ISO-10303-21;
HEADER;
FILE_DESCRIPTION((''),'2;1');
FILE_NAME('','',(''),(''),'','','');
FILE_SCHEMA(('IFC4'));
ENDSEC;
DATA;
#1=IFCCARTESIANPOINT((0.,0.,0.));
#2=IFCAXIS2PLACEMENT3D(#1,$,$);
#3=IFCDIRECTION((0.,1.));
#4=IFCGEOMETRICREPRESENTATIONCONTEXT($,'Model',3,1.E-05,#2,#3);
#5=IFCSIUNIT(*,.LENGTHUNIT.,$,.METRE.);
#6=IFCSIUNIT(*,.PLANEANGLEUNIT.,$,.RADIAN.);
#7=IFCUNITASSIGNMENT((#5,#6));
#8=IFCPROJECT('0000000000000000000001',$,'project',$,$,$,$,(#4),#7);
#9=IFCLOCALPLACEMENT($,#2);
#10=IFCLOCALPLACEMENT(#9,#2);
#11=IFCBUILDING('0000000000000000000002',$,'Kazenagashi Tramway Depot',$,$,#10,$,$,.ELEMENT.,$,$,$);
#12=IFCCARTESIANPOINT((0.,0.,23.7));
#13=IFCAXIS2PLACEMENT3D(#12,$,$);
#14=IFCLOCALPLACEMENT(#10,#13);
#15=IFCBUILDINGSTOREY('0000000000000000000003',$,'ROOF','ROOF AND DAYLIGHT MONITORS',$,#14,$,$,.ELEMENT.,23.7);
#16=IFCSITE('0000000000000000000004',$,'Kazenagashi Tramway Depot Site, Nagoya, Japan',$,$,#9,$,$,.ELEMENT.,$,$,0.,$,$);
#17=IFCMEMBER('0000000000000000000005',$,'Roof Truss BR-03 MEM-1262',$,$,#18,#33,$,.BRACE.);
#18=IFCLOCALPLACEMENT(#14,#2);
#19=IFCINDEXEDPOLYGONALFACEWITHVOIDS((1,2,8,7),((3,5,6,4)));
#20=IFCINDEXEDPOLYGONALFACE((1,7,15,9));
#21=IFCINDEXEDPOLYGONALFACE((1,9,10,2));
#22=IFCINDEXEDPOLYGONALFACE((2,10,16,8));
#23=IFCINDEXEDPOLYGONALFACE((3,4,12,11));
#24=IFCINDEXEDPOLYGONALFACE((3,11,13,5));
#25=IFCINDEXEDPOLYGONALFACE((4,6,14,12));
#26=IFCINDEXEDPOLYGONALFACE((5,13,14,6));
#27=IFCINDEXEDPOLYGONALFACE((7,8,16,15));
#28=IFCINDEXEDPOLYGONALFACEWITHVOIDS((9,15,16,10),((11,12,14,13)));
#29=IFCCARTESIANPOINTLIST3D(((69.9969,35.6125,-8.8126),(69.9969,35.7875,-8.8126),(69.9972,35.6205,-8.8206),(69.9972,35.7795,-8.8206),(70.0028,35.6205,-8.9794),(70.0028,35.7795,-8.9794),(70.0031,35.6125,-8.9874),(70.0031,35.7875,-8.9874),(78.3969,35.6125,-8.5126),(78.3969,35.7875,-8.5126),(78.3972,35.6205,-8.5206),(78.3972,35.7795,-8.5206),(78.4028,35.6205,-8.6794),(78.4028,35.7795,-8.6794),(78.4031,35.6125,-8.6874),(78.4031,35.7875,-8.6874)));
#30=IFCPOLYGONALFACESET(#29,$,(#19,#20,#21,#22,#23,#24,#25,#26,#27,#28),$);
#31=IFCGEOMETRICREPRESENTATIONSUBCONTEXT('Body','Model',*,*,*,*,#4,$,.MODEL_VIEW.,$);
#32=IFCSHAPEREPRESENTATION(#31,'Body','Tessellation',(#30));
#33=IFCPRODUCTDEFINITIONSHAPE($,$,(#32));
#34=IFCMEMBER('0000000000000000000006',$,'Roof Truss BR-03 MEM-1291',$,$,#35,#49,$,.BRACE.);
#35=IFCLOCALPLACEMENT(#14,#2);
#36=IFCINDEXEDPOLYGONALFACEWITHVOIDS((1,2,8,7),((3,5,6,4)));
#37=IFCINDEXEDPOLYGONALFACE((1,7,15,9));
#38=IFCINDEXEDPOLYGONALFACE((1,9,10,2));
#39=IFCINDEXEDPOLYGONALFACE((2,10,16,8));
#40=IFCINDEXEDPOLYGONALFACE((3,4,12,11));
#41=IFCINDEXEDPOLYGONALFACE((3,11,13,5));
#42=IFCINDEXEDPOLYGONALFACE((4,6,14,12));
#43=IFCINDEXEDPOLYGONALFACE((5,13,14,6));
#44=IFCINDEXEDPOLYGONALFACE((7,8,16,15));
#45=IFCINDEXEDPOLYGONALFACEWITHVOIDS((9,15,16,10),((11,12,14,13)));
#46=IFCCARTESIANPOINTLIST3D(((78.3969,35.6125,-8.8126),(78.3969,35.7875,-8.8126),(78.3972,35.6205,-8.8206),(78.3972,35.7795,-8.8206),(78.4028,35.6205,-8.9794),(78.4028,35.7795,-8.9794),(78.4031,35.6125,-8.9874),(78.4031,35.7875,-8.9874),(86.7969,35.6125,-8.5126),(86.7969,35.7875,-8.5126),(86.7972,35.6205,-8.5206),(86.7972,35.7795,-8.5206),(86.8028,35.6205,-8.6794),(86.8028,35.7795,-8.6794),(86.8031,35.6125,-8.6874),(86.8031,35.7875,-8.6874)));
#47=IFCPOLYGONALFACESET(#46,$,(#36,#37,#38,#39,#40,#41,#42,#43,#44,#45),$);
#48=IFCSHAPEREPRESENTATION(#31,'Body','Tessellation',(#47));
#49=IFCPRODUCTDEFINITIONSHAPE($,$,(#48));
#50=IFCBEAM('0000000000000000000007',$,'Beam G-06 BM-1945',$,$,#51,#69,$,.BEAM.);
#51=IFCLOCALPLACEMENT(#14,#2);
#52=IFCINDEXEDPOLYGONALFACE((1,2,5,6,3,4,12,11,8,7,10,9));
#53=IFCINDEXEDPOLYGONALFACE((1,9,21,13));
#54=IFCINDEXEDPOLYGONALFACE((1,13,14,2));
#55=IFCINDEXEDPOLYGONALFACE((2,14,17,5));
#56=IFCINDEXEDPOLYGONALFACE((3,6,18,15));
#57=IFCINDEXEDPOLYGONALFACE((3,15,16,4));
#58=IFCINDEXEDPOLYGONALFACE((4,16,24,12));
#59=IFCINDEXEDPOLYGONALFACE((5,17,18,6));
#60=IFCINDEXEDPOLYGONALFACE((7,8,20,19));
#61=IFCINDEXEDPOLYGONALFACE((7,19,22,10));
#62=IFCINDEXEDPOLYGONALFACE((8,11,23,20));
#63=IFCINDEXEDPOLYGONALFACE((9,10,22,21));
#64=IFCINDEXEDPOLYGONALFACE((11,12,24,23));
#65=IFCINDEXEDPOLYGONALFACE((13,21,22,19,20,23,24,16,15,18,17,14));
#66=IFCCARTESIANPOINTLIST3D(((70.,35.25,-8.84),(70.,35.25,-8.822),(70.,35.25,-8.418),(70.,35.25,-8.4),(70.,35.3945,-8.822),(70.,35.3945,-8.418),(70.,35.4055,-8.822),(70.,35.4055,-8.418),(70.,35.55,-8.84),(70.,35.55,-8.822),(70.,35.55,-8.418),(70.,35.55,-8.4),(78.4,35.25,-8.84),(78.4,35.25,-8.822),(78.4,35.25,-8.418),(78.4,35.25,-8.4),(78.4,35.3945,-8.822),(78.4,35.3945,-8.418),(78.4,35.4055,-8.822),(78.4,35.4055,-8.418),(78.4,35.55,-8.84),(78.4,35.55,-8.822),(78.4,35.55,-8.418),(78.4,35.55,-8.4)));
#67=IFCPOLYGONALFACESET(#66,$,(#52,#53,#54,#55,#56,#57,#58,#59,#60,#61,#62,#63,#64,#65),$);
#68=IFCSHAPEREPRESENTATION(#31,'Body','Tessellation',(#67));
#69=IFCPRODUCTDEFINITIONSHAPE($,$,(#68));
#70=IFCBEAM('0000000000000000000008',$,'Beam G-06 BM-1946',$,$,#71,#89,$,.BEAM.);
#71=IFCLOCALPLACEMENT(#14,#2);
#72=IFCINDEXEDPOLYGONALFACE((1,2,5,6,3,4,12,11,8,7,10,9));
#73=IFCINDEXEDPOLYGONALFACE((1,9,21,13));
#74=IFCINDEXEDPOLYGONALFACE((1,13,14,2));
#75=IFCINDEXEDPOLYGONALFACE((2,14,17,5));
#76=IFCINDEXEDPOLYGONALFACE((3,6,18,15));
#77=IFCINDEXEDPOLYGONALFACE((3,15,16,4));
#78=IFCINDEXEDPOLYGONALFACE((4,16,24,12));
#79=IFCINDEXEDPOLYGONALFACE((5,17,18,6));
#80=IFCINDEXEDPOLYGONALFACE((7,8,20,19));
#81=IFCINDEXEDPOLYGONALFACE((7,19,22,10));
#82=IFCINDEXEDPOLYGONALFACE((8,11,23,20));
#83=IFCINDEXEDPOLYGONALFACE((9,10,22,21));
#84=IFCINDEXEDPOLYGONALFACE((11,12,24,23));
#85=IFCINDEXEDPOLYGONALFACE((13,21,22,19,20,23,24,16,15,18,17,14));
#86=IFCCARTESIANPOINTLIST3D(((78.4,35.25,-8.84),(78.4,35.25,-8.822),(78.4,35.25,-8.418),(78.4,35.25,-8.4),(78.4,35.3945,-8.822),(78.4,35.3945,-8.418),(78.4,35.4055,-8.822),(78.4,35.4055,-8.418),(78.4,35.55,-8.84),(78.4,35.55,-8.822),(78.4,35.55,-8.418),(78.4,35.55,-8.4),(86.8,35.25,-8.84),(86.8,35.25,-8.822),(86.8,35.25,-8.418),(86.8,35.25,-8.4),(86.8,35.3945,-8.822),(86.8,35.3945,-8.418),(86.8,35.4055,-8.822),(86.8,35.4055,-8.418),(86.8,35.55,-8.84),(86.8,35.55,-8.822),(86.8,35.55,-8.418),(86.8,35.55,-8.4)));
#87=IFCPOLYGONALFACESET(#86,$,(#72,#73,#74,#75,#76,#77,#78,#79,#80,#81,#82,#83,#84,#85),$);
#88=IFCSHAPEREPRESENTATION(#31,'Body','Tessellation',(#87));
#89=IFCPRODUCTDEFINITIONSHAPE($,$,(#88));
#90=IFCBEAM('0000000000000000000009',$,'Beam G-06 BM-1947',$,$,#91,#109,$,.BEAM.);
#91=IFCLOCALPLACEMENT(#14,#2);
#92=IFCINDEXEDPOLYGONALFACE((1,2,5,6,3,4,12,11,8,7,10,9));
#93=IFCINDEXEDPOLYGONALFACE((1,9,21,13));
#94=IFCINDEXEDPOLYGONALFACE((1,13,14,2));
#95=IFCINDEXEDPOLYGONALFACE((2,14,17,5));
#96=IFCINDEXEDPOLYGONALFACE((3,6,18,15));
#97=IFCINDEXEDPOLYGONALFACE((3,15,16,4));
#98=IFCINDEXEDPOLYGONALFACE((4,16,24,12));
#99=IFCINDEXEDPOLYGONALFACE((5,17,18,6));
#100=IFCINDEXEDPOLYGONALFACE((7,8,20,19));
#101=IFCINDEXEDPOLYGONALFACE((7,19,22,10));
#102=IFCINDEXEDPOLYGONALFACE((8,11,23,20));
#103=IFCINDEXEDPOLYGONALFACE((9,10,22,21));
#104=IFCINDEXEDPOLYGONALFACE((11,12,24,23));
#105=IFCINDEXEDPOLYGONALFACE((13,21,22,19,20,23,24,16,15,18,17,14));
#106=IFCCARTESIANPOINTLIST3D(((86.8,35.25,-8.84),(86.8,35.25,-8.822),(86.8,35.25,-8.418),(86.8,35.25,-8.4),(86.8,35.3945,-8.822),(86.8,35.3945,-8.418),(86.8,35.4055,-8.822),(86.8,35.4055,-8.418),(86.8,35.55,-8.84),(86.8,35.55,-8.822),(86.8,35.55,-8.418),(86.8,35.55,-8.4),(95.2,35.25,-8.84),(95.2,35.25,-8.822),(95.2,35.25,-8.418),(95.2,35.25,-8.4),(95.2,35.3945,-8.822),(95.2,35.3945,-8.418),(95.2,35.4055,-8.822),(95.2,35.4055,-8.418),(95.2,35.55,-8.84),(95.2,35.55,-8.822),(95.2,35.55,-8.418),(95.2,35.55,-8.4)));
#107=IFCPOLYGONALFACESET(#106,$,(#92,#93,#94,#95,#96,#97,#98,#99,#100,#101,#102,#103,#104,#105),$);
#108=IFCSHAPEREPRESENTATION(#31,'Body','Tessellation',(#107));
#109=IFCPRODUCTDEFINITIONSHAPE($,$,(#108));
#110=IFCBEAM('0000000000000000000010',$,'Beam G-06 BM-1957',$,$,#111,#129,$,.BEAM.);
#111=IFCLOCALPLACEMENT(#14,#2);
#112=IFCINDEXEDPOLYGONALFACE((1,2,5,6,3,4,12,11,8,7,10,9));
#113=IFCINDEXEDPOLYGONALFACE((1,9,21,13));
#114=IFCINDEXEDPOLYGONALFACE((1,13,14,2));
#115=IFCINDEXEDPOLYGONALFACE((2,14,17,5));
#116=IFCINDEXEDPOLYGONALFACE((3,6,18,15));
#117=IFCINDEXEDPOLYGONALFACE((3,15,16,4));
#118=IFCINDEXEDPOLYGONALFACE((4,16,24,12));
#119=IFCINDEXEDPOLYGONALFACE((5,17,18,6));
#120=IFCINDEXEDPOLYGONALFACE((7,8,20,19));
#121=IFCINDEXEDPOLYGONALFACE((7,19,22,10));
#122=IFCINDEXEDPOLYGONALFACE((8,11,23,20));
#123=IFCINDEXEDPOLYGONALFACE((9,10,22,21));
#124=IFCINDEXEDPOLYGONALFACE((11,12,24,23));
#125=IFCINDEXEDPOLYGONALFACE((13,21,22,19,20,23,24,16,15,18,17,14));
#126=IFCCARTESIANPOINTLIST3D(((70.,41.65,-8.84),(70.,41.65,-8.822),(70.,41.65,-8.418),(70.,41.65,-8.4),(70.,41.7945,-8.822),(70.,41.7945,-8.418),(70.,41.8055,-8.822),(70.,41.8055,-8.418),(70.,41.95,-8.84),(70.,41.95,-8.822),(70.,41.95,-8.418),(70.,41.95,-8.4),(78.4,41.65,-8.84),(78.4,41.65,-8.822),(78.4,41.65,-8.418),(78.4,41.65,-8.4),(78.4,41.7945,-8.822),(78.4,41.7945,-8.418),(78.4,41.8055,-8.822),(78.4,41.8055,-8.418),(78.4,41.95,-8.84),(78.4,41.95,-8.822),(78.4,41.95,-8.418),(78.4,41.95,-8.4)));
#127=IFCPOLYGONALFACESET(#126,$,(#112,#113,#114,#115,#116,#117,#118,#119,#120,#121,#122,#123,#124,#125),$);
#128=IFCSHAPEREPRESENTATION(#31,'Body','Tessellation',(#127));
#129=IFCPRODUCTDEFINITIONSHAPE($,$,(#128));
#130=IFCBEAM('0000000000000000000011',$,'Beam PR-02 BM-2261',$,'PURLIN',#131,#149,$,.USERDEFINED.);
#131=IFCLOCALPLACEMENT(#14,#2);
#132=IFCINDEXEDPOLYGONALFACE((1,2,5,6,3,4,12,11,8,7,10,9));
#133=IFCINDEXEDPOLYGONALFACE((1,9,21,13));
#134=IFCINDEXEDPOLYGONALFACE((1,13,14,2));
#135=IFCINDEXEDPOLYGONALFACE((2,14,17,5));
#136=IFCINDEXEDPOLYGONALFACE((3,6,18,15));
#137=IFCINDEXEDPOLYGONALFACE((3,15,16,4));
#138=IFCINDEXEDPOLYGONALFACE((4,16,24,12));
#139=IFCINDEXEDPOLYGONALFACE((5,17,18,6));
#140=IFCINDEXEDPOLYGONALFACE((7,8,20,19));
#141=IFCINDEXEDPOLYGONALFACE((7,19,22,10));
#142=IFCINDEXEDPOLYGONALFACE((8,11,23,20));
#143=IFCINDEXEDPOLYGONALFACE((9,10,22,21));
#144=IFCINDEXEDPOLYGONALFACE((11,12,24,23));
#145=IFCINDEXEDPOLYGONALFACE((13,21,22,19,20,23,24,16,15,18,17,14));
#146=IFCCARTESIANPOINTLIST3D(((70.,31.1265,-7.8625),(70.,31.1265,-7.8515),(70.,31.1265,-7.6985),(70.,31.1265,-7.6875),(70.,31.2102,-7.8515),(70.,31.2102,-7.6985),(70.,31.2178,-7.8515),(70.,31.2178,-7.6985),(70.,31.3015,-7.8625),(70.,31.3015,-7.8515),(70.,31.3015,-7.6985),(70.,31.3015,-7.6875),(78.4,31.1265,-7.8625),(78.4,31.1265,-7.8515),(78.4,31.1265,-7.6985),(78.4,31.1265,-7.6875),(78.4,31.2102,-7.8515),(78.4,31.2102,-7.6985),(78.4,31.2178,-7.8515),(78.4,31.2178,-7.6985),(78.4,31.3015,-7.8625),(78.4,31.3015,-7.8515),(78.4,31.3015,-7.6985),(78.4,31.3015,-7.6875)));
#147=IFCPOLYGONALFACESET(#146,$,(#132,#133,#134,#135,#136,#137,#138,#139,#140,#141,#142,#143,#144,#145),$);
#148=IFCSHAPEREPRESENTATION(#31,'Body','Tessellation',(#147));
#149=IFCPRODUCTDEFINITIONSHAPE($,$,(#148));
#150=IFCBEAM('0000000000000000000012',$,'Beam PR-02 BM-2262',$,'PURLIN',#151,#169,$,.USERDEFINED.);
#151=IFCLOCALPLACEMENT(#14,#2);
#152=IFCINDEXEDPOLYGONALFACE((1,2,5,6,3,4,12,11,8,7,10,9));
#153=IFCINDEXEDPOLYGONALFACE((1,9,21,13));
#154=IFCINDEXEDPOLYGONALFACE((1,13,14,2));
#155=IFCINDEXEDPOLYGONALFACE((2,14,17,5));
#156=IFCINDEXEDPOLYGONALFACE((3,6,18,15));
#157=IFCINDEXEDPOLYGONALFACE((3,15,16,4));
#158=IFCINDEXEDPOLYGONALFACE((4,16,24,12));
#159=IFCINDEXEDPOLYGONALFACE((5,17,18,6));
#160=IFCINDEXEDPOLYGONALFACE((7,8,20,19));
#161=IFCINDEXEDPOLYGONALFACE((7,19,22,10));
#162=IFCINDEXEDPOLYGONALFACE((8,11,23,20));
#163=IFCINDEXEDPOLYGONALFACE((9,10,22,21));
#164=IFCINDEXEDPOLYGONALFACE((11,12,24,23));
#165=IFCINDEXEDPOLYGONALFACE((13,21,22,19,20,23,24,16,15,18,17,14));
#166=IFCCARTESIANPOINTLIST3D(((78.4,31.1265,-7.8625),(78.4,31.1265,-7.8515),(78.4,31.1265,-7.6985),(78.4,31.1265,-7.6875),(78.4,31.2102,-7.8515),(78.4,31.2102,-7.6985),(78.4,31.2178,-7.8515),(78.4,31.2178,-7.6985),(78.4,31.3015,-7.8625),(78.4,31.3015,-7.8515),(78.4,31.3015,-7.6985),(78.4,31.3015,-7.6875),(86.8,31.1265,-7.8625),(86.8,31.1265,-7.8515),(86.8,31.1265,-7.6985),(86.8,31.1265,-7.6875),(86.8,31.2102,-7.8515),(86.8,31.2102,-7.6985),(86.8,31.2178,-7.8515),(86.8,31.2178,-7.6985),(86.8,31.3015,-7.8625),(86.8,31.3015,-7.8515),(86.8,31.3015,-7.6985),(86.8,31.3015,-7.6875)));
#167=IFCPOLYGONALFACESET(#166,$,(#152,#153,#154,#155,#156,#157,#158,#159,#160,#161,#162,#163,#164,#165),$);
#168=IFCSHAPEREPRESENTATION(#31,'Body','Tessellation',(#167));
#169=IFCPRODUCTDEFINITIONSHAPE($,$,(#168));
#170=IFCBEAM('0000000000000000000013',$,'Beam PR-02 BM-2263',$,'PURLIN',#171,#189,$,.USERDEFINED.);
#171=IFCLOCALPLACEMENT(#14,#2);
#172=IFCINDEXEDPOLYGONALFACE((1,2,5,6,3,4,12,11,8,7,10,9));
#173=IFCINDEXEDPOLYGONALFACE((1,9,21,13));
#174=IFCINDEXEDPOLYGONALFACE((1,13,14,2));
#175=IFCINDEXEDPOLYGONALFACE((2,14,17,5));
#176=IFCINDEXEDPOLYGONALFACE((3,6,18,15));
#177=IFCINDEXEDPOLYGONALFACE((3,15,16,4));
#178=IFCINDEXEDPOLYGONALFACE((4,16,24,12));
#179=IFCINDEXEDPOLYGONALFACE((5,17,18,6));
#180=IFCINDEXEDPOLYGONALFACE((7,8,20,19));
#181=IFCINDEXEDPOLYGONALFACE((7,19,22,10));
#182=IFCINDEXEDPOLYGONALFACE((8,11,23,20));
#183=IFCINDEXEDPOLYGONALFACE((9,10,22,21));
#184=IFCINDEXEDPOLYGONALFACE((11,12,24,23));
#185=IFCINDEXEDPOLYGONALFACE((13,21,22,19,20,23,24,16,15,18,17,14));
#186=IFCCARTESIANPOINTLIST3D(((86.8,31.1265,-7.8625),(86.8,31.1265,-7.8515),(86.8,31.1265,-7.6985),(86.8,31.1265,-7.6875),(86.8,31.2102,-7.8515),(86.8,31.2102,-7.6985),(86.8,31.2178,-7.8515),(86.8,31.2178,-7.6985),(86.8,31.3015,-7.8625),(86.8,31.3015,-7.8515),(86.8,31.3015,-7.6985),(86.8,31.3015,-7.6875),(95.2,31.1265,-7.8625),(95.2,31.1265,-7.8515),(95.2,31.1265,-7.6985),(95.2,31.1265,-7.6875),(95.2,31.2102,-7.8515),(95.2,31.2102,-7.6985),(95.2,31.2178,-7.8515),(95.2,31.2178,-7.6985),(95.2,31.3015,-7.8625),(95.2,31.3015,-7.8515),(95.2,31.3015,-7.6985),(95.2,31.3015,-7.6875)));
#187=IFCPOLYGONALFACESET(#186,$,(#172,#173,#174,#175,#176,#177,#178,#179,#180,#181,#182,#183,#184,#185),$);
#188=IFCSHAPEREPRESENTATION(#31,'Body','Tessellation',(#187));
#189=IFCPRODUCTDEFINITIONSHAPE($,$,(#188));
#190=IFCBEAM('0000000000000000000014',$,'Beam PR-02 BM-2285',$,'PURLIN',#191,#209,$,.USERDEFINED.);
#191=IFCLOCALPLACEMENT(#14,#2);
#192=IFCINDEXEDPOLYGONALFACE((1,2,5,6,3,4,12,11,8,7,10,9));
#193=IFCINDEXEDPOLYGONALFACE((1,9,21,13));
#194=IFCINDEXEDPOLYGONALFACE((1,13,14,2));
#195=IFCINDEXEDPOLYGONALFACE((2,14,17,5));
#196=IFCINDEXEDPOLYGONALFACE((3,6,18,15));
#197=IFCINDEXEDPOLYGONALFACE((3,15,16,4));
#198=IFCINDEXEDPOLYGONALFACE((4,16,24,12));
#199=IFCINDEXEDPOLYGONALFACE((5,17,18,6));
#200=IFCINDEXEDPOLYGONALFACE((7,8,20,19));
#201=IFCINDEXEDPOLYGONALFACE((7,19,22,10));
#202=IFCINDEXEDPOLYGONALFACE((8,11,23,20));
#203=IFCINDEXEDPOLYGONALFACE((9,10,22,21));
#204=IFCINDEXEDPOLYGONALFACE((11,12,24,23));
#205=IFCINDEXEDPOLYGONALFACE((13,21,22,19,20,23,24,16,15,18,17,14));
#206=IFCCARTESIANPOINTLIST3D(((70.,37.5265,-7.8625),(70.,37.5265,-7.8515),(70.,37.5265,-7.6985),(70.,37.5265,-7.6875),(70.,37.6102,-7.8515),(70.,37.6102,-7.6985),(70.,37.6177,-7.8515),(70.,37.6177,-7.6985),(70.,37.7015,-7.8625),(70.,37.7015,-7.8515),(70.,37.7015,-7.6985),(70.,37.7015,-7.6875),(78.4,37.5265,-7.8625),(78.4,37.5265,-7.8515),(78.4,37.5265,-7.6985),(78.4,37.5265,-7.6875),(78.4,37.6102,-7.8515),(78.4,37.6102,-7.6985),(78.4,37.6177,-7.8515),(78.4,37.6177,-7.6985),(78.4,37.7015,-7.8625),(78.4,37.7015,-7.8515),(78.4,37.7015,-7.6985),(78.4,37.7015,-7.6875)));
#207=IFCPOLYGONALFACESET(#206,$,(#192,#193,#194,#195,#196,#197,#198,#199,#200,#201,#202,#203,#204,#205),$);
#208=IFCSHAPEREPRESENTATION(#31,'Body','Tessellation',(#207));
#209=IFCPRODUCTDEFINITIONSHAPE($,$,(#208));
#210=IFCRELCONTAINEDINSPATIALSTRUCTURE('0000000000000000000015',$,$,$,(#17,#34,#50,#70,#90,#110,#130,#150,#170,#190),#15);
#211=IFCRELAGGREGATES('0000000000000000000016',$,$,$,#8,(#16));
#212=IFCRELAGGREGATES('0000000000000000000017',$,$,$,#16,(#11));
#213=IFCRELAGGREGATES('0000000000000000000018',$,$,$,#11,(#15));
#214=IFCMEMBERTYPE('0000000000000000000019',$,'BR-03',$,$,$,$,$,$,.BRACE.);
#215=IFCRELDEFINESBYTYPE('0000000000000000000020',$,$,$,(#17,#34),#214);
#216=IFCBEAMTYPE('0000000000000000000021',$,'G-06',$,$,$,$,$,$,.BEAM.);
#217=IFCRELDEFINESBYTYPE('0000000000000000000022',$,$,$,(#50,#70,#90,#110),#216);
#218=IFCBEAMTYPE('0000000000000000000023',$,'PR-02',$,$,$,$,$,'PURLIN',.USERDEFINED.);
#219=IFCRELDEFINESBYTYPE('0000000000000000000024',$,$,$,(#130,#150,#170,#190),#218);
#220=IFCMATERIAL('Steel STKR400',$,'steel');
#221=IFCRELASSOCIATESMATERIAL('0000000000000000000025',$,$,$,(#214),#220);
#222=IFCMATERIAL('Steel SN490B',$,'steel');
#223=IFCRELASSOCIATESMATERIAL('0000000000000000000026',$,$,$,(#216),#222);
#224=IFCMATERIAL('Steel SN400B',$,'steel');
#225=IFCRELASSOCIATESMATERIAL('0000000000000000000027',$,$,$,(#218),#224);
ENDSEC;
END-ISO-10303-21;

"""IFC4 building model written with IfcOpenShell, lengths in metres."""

from ifc_helpers import new_model, si_unit, direction, frame, origin, origin_2d, place, context, subcontext, project, spatial, hollow_rectangle, i_section, extrude, material, material_profile, profile_set, type_object, element, save


model = new_model("IFC4")

# Units and contexts
model_context = context("Model", 3, precision=1e-05, world=origin(), true_north=direction((0.0, 1.0)))
body_context = subcontext(model_context, "Body", "Model", "MODEL_VIEW")
ifc_project = project(units=[si_unit("LENGTHUNIT", "METRE"), si_unit("PLANEANGLEUNIT", "RADIAN")], contexts=[model_context])

# Site, building, storey
site_placement = place(None, origin())
site = spatial("IfcSite", under=ifc_project, at=site_placement, Name="Kazenagashi Tramway Depot Site, Nagoya, Japan", CompositionType="ELEMENT", RefElevation=0.0)
building_placement = place(site_placement, origin())
building = spatial("IfcBuilding", under=site, at=building_placement, Name="Kazenagashi Tramway Depot", CompositionType="ELEMENT")
storey_placement = place(building_placement, frame((0.0, 0.0, 23.7)))
storey = spatial("IfcBuildingStorey", under=building, at=storey_placement, Name="ROOF", Description="ROOF AND DAYLIGHT MONITORS", CompositionType="ELEMENT", Elevation=23.7)

# Members
ifc_material_1 = material(Name="Steel STKR400", Category="steel")
ifc_material_profile_1 = material_profile(ifc_material_1, hollow_rectangle(XDim=0.175, YDim=0.175, WallThickness=0.008, at=origin_2d()), Name="SHS-175x175x8")
ifc_profile_set_1 = profile_set([ifc_material_profile_1], Name="Steel STKR400")
member_type_1 = type_object("IfcMemberType", Name="BR-03", PredefinedType="BRACE", material=ifc_profile_set_1)
for number, where, z_axis, x_axis, name in (
    (1, (70.0, 35.7, -8.9), (0.999363, 0.0, 0.035692), (0.0, 1.0, 0.0), "Roof Truss BR-03 MEM-1262"),
    (2, (78.4, 35.7, -8.9), (0.999363, 0.0, 0.035692), (0.0, 1.0, 0.0), "Roof Truss BR-03 MEM-1291"),
):
    element("IfcMember", number, at=place(storey_placement, frame(where, z_axis=z_axis, x_axis=x_axis)), inside=storey, type_object=member_type_1, Name=name, PredefinedType="BRACE", context=body_context, shape_type="SweptSolid", body=[
        extrude(hollow_rectangle(XDim=0.175, YDim=0.175, WallThickness=0.008, at=origin_2d()), origin(), (0.0, 0.0, 1.0), 8.4054),
    ])

# Beams
ifc_material_2 = material(Name="Steel SN490B", Category="steel")
ifc_material_profile_2 = material_profile(ifc_material_2, i_section(OverallWidth=0.3, OverallDepth=0.44, WebThickness=0.011, FlangeThickness=0.018, at=origin_2d()), Name="H-440x300x11x18")
ifc_profile_set_2 = profile_set([ifc_material_profile_2], Name="Steel SN490B")
beam_type_1 = type_object("IfcBeamType", Name="G-06", PredefinedType="BEAM", material=ifc_profile_set_2)
for number, where, z_axis, x_axis, name in (
    (3, (70.0, 35.4, -8.62), (1.0, 0.0, 0.0), (0.0, 1.0, 0.0), "Beam G-06 BM-1945"),
    (4, (78.4, 35.4, -8.62), (1.0, 0.0, 0.0), (0.0, 1.0, 0.0), "Beam G-06 BM-1946"),
    (5, (86.8, 35.4, -8.62), (1.0, 0.0, 0.0), (0.0, 1.0, 0.0), "Beam G-06 BM-1947"),
    (6, (70.0, 41.8, -8.62), (1.0, 0.0, 0.0), (0.0, 1.0, 0.0), "Beam G-06 BM-1957"),
):
    element("IfcBeam", number, at=place(storey_placement, frame(where, z_axis=z_axis, x_axis=x_axis)), inside=storey, type_object=beam_type_1, Name=name, PredefinedType="BEAM", context=body_context, shape_type="SweptSolid", body=[
        extrude(i_section(OverallWidth=0.3, OverallDepth=0.44, WebThickness=0.011, FlangeThickness=0.018, at=origin_2d()), origin(), (0.0, 0.0, 1.0), 8.4),
    ])
ifc_material_3 = material(Name="Steel SN400B", Category="steel")
ifc_material_profile_3 = material_profile(ifc_material_3, i_section(OverallWidth=0.175, OverallDepth=0.175, WebThickness=0.0075, FlangeThickness=0.011, at=origin_2d()), Name="H-175x175x7.5x11")
ifc_profile_set_3 = profile_set([ifc_material_profile_3], Name="Steel SN400B")
beam_type_2 = type_object("IfcBeamType", Name="PR-02", ElementType="PURLIN", PredefinedType="USERDEFINED", material=ifc_profile_set_3)
for number, where, z_axis, x_axis, name in (
    (7, (70.0, 31.214, -7.775), (1.0, 0.0, 0.0), (0.0, 1.0, 0.0), "Beam PR-02 BM-2261"),
    (8, (78.4, 31.214, -7.775), (1.0, 0.0, 0.0), (0.0, 1.0, 0.0), "Beam PR-02 BM-2262"),
    (9, (86.8, 31.214, -7.775), (1.0, 0.0, 0.0), (0.0, 1.0, 0.0), "Beam PR-02 BM-2263"),
    (10, (70.0, 37.614, -7.775), (1.0, 0.0, 0.0), (0.0, 1.0, 0.0), "Beam PR-02 BM-2285"),
):
    element("IfcBeam", number, at=place(storey_placement, frame(where, z_axis=z_axis, x_axis=x_axis)), inside=storey, type_object=beam_type_2, Name=name, ObjectType="PURLIN", PredefinedType="USERDEFINED", context=body_context, shape_type="SweptSolid", body=[
        extrude(i_section(OverallWidth=0.175, OverallDepth=0.175, WebThickness=0.0075, FlangeThickness=0.011, at=origin_2d()), origin(), (0.0, 0.0, 1.0), 8.4),
    ])

save(model, "model.ifc")
